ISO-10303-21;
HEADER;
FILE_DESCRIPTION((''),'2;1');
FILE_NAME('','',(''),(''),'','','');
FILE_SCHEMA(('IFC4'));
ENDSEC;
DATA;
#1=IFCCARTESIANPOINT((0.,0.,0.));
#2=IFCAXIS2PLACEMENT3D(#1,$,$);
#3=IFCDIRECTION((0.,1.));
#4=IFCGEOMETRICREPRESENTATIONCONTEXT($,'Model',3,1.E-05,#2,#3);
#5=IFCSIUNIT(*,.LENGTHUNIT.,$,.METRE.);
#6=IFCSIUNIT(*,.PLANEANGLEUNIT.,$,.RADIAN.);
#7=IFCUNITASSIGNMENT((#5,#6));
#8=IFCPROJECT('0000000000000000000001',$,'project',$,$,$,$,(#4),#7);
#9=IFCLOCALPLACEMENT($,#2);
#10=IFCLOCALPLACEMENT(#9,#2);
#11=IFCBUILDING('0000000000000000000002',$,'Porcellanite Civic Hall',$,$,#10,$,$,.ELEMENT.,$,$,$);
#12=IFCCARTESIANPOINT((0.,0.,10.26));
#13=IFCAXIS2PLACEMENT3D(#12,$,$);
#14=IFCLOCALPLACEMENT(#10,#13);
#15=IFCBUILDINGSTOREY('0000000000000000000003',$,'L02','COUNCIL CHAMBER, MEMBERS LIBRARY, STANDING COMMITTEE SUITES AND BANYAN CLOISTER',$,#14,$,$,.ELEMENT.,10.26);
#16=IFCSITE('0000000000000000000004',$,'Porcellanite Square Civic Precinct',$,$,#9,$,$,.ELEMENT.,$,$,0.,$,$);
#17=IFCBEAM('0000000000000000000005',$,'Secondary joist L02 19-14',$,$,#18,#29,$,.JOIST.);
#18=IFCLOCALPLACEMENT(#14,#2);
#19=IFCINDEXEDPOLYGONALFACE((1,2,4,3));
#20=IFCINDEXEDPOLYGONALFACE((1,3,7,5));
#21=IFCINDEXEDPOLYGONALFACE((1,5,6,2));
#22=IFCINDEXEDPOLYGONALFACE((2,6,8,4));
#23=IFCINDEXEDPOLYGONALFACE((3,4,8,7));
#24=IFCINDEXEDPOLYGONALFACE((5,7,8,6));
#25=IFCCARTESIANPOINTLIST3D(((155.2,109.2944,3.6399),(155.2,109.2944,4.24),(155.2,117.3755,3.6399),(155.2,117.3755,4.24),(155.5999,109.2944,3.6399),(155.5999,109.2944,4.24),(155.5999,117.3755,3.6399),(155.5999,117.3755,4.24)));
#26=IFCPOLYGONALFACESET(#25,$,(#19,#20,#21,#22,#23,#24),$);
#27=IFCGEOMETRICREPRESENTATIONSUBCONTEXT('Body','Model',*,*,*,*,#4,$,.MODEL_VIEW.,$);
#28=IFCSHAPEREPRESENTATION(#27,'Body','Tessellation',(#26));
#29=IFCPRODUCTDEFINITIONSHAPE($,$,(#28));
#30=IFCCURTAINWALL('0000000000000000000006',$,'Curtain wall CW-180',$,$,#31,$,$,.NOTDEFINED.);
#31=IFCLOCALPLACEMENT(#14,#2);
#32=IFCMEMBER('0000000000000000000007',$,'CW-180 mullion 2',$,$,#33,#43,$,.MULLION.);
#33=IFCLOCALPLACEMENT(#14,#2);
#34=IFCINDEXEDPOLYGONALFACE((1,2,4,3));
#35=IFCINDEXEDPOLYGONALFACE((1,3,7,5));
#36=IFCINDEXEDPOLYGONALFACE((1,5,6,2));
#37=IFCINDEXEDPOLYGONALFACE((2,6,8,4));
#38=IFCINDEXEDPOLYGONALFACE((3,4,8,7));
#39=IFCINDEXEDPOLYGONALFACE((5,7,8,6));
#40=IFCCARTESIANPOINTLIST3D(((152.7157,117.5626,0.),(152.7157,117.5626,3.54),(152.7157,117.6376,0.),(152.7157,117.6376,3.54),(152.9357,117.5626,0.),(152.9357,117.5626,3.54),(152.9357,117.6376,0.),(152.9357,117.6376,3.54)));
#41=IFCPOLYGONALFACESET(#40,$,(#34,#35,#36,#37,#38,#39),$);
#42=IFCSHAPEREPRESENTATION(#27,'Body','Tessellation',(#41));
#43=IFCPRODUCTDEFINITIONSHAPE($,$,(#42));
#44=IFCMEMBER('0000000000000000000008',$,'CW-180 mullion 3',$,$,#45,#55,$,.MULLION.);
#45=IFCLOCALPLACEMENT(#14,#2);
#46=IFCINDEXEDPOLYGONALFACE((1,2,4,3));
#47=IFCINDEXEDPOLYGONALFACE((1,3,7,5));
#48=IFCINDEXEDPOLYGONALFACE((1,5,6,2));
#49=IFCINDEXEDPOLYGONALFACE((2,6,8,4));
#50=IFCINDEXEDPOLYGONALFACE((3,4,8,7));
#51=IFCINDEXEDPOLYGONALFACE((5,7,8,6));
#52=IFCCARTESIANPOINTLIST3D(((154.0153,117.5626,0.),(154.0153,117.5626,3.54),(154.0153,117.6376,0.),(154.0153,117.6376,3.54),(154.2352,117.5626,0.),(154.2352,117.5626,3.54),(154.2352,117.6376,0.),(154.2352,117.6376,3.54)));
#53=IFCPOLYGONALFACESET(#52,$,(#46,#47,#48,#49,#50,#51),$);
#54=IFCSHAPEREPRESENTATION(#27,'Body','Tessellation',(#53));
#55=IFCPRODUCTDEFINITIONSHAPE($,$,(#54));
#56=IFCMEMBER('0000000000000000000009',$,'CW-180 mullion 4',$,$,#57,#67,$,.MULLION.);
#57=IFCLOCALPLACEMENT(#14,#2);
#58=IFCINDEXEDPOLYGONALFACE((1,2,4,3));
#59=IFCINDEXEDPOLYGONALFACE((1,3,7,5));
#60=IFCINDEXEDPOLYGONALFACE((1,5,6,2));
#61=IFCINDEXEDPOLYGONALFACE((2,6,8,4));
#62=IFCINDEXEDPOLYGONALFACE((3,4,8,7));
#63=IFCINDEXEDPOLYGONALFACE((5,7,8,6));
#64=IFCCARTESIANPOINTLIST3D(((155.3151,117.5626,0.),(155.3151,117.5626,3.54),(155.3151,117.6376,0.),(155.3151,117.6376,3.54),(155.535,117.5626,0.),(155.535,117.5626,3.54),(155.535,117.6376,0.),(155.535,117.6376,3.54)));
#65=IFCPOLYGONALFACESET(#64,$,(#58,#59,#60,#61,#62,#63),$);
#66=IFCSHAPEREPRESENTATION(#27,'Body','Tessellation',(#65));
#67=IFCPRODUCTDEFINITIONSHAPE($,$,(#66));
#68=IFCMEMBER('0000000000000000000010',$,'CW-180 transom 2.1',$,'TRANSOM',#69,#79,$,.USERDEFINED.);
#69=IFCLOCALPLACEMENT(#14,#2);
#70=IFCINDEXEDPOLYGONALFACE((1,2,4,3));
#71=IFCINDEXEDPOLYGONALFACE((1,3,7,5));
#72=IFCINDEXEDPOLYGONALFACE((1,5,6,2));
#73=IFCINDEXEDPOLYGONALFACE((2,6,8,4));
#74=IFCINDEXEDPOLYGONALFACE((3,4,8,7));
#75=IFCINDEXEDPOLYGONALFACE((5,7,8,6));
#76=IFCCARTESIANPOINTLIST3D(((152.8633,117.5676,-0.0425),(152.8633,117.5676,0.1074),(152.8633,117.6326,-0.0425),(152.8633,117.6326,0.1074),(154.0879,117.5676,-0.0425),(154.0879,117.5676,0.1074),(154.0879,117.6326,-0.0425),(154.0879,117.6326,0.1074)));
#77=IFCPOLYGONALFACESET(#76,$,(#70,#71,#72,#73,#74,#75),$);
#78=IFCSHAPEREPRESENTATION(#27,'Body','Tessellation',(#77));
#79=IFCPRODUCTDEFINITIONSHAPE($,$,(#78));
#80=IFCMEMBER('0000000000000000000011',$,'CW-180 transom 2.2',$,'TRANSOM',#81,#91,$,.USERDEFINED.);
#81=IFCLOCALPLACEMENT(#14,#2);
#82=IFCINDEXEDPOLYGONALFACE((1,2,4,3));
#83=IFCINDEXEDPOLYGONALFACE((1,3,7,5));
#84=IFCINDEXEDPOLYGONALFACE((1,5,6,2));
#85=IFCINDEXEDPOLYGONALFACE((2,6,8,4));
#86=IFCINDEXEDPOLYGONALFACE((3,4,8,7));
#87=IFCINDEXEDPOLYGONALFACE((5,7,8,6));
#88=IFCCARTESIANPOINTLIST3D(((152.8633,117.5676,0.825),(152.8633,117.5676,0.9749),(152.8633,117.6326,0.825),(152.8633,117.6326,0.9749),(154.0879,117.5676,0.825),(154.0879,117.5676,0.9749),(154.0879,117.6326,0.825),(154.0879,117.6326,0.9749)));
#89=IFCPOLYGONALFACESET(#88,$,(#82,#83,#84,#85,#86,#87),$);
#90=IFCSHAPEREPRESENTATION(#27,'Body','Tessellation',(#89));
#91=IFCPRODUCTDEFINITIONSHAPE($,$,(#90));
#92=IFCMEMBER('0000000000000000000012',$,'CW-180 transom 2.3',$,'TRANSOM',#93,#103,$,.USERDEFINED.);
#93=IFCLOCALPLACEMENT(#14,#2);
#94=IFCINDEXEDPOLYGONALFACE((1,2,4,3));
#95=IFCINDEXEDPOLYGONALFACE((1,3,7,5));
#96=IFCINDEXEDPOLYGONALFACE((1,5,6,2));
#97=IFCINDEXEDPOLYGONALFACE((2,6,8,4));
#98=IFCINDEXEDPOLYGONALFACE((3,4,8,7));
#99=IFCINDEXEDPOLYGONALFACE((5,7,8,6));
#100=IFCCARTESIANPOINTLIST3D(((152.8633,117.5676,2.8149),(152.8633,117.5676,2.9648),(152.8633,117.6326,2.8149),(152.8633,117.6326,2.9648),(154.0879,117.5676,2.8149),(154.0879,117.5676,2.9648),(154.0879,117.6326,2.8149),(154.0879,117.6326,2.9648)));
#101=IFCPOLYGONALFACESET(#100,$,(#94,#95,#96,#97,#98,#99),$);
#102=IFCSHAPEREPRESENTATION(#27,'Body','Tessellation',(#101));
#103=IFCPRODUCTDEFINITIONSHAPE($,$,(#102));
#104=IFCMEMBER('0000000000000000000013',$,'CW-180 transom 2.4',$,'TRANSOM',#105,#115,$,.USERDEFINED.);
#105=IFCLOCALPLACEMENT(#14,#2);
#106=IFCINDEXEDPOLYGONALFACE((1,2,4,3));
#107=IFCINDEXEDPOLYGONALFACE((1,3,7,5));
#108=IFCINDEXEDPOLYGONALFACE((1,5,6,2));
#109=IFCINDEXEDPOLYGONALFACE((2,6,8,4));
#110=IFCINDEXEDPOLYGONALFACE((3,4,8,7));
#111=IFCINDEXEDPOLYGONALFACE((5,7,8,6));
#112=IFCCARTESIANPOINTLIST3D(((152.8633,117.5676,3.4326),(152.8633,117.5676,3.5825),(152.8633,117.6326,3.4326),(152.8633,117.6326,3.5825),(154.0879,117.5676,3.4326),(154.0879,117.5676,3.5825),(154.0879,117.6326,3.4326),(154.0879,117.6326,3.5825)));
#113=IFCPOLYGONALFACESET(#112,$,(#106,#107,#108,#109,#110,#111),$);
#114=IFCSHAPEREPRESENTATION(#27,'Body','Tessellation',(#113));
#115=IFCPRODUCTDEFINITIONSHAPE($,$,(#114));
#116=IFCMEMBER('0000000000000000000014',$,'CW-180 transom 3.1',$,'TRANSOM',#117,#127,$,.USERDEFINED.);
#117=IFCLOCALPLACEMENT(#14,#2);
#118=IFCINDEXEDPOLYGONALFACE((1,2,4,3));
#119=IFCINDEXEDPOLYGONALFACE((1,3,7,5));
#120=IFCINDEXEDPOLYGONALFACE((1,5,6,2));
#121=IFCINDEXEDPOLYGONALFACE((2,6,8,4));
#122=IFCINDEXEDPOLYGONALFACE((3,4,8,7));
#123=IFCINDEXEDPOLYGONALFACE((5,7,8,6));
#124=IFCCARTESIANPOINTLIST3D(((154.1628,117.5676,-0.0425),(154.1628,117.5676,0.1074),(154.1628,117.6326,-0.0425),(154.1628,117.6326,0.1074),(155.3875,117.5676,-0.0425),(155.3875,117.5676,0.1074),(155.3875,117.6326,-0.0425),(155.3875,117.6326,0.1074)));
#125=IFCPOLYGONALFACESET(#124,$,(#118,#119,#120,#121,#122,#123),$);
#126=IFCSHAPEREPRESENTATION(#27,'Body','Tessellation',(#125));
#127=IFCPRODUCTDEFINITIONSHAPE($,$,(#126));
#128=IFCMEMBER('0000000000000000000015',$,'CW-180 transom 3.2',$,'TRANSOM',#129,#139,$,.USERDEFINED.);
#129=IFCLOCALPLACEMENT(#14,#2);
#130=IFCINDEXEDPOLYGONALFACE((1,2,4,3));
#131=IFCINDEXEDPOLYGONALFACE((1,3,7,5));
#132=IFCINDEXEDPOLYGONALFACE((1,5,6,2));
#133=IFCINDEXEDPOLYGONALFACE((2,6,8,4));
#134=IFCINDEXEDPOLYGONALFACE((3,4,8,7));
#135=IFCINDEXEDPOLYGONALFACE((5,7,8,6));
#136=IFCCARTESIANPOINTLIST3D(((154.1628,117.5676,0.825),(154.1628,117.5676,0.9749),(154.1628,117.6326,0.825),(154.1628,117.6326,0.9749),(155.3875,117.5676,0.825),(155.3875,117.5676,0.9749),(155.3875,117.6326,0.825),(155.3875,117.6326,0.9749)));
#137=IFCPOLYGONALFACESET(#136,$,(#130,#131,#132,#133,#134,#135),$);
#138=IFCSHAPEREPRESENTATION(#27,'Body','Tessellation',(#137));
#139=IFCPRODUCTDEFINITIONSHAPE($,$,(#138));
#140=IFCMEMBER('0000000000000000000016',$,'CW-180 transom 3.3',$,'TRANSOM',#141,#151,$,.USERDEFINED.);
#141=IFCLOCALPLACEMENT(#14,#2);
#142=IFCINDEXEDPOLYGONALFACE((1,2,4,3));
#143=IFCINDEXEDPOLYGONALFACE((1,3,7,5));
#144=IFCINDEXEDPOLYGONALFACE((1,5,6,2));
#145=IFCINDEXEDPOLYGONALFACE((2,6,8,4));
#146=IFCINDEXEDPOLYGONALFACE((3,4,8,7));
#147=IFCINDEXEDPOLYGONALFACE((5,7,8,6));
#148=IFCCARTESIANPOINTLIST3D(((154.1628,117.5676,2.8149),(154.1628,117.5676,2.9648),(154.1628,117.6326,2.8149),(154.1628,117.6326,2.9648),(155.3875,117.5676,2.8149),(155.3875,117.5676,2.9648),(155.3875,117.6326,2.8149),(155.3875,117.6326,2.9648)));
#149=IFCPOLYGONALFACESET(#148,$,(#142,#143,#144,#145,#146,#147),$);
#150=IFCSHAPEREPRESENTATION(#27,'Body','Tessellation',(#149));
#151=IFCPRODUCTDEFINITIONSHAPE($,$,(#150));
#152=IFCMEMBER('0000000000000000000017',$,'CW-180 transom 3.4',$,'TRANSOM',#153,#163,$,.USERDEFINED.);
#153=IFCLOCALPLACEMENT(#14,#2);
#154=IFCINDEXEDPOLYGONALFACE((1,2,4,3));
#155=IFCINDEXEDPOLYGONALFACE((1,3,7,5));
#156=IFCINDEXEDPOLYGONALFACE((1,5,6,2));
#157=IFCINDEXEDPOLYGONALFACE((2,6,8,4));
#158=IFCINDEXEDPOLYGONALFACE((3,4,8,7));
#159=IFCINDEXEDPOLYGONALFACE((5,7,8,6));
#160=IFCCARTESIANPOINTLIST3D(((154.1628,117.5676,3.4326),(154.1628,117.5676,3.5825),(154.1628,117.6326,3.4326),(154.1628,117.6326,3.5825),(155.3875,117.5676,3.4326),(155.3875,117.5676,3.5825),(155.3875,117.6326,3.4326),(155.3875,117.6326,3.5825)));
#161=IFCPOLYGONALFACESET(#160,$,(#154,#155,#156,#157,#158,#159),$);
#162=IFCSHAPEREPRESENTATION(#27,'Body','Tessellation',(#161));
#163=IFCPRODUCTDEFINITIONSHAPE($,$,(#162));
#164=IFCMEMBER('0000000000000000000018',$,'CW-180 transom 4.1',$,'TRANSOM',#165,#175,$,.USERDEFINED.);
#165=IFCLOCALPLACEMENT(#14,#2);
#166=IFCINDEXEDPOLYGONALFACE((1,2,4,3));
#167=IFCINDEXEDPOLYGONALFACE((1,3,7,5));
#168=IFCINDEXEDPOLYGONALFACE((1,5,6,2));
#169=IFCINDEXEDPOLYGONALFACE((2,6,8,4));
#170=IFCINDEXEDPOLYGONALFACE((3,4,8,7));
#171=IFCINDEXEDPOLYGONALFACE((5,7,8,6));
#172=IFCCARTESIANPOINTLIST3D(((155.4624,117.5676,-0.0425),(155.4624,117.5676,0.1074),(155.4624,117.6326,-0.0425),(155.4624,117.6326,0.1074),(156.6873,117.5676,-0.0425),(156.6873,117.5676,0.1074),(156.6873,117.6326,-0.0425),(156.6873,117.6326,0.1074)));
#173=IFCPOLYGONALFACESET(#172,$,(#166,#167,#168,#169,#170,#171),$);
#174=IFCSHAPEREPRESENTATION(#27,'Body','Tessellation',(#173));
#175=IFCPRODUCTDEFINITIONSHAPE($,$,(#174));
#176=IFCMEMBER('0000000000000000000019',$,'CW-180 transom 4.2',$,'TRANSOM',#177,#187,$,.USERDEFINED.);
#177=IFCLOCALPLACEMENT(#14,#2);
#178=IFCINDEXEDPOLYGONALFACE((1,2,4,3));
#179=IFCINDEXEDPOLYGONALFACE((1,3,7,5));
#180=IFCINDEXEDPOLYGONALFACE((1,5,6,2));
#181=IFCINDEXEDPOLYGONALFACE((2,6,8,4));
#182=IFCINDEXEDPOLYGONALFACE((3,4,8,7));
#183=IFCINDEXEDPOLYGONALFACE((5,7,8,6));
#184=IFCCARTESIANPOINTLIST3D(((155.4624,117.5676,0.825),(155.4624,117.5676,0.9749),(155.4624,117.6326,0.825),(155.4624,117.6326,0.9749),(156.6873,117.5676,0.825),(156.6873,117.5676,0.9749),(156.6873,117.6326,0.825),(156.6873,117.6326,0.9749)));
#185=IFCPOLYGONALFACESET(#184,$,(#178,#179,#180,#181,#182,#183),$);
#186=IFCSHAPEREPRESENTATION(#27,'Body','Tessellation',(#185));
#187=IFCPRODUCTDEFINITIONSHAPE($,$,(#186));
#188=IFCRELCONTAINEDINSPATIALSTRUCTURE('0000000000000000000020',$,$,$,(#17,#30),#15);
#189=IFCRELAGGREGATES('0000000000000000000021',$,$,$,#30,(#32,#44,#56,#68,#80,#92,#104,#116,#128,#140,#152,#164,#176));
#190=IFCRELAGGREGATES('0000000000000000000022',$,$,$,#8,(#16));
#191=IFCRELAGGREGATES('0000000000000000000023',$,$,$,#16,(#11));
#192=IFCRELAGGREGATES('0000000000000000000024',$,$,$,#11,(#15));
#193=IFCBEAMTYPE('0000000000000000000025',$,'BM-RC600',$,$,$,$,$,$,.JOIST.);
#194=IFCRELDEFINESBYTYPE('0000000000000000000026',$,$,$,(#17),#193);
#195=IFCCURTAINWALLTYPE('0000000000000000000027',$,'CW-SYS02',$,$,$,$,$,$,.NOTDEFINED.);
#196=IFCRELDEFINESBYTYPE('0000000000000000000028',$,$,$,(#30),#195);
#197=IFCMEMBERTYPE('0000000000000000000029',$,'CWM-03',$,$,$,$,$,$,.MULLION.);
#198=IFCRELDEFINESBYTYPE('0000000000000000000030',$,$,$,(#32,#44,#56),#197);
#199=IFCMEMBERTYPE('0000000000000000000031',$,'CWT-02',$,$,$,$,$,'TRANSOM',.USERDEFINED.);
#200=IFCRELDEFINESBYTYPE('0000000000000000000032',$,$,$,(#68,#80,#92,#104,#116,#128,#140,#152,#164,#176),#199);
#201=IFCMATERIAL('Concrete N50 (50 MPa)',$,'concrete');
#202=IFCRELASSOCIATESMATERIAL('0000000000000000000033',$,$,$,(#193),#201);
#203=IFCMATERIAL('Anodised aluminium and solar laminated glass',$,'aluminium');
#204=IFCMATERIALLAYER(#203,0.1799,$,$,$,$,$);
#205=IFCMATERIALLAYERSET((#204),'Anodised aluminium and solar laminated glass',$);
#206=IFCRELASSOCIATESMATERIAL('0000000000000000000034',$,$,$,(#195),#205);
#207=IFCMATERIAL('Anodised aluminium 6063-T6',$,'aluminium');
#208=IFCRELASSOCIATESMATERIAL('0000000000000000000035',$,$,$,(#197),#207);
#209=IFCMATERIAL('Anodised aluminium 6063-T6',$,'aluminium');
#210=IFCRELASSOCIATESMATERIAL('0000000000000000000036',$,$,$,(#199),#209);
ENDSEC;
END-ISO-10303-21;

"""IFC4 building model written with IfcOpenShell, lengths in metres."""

from ifc_helpers import new_model, si_unit, direction, frame, origin, origin_2d, place, context, subcontext, project, spatial, rectangle, extrude, material, layer, layer_set, material_profile, profile_set, type_object, element, aggregate, save


model = new_model("IFC4")

# Units and contexts
model_context = context("Model", 3, precision=1e-05, world=origin(), true_north=direction((0.0, 1.0)))
body_context = subcontext(model_context, "Body", "Model", "MODEL_VIEW")
ifc_project = project(units=[si_unit("LENGTHUNIT", "METRE"), si_unit("PLANEANGLEUNIT", "RADIAN")], contexts=[model_context])

# Site, building, storey
site_placement = place(None, origin())
site = spatial("IfcSite", under=ifc_project, at=site_placement, Name="Porcellanite Square Civic Precinct", CompositionType="ELEMENT", RefElevation=0.0)
building_placement = place(site_placement, origin())
building = spatial("IfcBuilding", under=site, at=building_placement, Name="Porcellanite Civic Hall", CompositionType="ELEMENT")
storey_placement = place(building_placement, frame((0.0, 0.0, 10.26)))
storey = spatial("IfcBuildingStorey", under=building, at=storey_placement, Name="L02", Description="COUNCIL CHAMBER, MEMBERS LIBRARY, STANDING COMMITTEE SUITES AND BANYAN CLOISTER", CompositionType="ELEMENT", Elevation=10.26)

# Beam
ifc_material_1 = material(Name="Concrete N50 (50 MPa)", Category="concrete")
ifc_material_profile_1 = material_profile(ifc_material_1, rectangle(XDim=0.3999, YDim=0.6001, at=origin_2d()), Name="RC-400x600")
ifc_profile_set_1 = profile_set([ifc_material_profile_1], Name="Concrete N50 (50 MPa)")
beam_type = type_object("IfcBeamType", Name="BM-RC600", PredefinedType="JOIST", material=ifc_profile_set_1)
beam_placement = place(storey_placement, frame((155.3999, 109.2944, 3.9399), z_axis=(0.0, 1.0, 0.0), x_axis=(-1.0, 0.0, 0.0)))
element("IfcBeam", 1, at=beam_placement, inside=storey, type_object=beam_type, Name="Secondary joist L02 19-14", PredefinedType="JOIST", context=body_context, shape_type="SweptSolid", body=[
    extrude(rectangle(XDim=0.3999, YDim=0.6001, at=origin_2d()), origin(), (0.0, 0.0, 1.0), 8.0811),
])

# Curtain wall, members
ifc_material_2 = material(Name="Anodised aluminium and solar laminated glass", Category="aluminium")
ifc_layer_1 = layer(ifc_material_2, 0.1799)
ifc_layer_set_1 = layer_set([ifc_layer_1], Name="Anodised aluminium and solar laminated glass")
curtain_wall_type = type_object("IfcCurtainWallType", Name="CW-SYS02", PredefinedType="NOTDEFINED", material=ifc_layer_set_1)
curtain_wall_placement = place(storey_placement, origin())
curtain_wall = element("IfcCurtainWall", 2, at=curtain_wall_placement, inside=storey, type_object=curtain_wall_type, Name="Curtain wall CW-180", PredefinedType="NOTDEFINED")
ifc_material_3 = material(Name="Anodised aluminium 6063-T6", Category="aluminium")
ifc_material_profile_2 = material_profile(ifc_material_3, rectangle(XDim=0.075, YDim=0.22, at=origin_2d()), Name="AL-75x220")
ifc_profile_set_2 = profile_set([ifc_material_profile_2], Name="Anodised aluminium 6063-T6")
member_type_1 = type_object("IfcMemberType", Name="CWM-03", PredefinedType="MULLION", material=ifc_profile_set_2)
member_1_placement = place(storey_placement, frame((152.8257, 117.6001, 0.0), z_axis=(0.0, 0.0, 1.0), x_axis=(0.0, 1.0, 0.0)))
member_1 = element("IfcMember", 3, at=member_1_placement, type_object=member_type_1, Name="CW-180 mullion 2", PredefinedType="MULLION", context=body_context, shape_type="SweptSolid", body=[
    extrude(rectangle(XDim=0.075, YDim=0.22, at=origin_2d()), origin(), (0.0, 0.0, 1.0), 3.54),
])
member_2_placement = place(storey_placement, frame((154.1252, 117.6001, 0.0), z_axis=(0.0, 0.0, 1.0), x_axis=(0.0, 1.0, 0.0)))
member_2 = element("IfcMember", 4, at=member_2_placement, type_object=member_type_1, Name="CW-180 mullion 3", PredefinedType="MULLION", context=body_context, shape_type="SweptSolid", body=[
    extrude(rectangle(XDim=0.075, YDim=0.22, at=origin_2d()), origin(), (0.0, 0.0, 1.0), 3.54),
])
member_3_placement = place(storey_placement, frame((155.425, 117.6001, 0.0), z_axis=(0.0, 0.0, 1.0), x_axis=(0.0, 1.0, 0.0)))
member_3 = element("IfcMember", 5, at=member_3_placement, type_object=member_type_1, Name="CW-180 mullion 4", PredefinedType="MULLION", context=body_context, shape_type="SweptSolid", body=[
    extrude(rectangle(XDim=0.075, YDim=0.22, at=origin_2d()), origin(), (0.0, 0.0, 1.0), 3.54),
])
ifc_material_4 = material(Name="Anodised aluminium 6063-T6", Category="aluminium")
ifc_material_profile_3 = material_profile(ifc_material_4, rectangle(XDim=0.0649, YDim=0.1499, at=origin_2d()), Name="AL-65x150")
ifc_profile_set_3 = profile_set([ifc_material_profile_3], Name="Anodised aluminium 6063-T6")
member_type_2 = type_object("IfcMemberType", Name="CWT-02", ElementType="TRANSOM", PredefinedType="USERDEFINED", material=ifc_profile_set_3)
member_4_placement = place(storey_placement, frame((152.8633, 117.6001, 0.0325), z_axis=(1.0, 0.0, 0.0), x_axis=(0.0, 1.0, 0.0)))
member_4 = element("IfcMember", 6, at=member_4_placement, type_object=member_type_2, Name="CW-180 transom 2.1", ObjectType="TRANSOM", PredefinedType="USERDEFINED", context=body_context, shape_type="SweptSolid", body=[
    extrude(rectangle(XDim=0.0649, YDim=0.1499, at=origin_2d()), origin(), (0.0, 0.0, 1.0), 1.2246),
])
member_5_placement = place(storey_placement, frame((152.8633, 117.6001, 0.8999), z_axis=(1.0, 0.0, 0.0), x_axis=(0.0, 1.0, 0.0)))
member_5 = element("IfcMember", 7, at=member_5_placement, type_object=member_type_2, Name="CW-180 transom 2.2", ObjectType="TRANSOM", PredefinedType="USERDEFINED", context=body_context, shape_type="SweptSolid", body=[
    extrude(rectangle(XDim=0.0649, YDim=0.1499, at=origin_2d()), origin(), (0.0, 0.0, 1.0), 1.2246),
])
member_6_placement = place(storey_placement, frame((152.8633, 117.6001, 2.8899), z_axis=(1.0, 0.0, 0.0), x_axis=(0.0, 1.0, 0.0)))
member_6 = element("IfcMember", 8, at=member_6_placement, type_object=member_type_2, Name="CW-180 transom 2.3", ObjectType="TRANSOM", PredefinedType="USERDEFINED", context=body_context, shape_type="SweptSolid", body=[
    extrude(rectangle(XDim=0.0649, YDim=0.1499, at=origin_2d()), origin(), (0.0, 0.0, 1.0), 1.2246),
])
member_7_placement = place(storey_placement, frame((152.8633, 117.6001, 3.5076), z_axis=(1.0, 0.0, 0.0), x_axis=(0.0, 1.0, 0.0)))
member_7 = element("IfcMember", 9, at=member_7_placement, type_object=member_type_2, Name="CW-180 transom 2.4", ObjectType="TRANSOM", PredefinedType="USERDEFINED", context=body_context, shape_type="SweptSolid", body=[
    extrude(rectangle(XDim=0.0649, YDim=0.1499, at=origin_2d()), origin(), (0.0, 0.0, 1.0), 1.2246),
])
member_8_placement = place(storey_placement, frame((154.1628, 117.6001, 0.0325), z_axis=(1.0, 0.0, 0.0), x_axis=(0.0, 1.0, 0.0)))
member_8 = element("IfcMember", 10, at=member_8_placement, type_object=member_type_2, Name="CW-180 transom 3.1", ObjectType="TRANSOM", PredefinedType="USERDEFINED", context=body_context, shape_type="SweptSolid", body=[
    extrude(rectangle(XDim=0.0649, YDim=0.1499, at=origin_2d()), origin(), (0.0, 0.0, 1.0), 1.2246),
])
member_9_placement = place(storey_placement, frame((154.1628, 117.6001, 0.8999), z_axis=(1.0, 0.0, 0.0), x_axis=(0.0, 1.0, 0.0)))
member_9 = element("IfcMember", 11, at=member_9_placement, type_object=member_type_2, Name="CW-180 transom 3.2", ObjectType="TRANSOM", PredefinedType="USERDEFINED", context=body_context, shape_type="SweptSolid", body=[
    extrude(rectangle(XDim=0.0649, YDim=0.1499, at=origin_2d()), origin(), (0.0, 0.0, 1.0), 1.2246),
])
member_10_placement = place(storey_placement, frame((154.1628, 117.6001, 2.8899), z_axis=(1.0, 0.0, 0.0), x_axis=(0.0, 1.0, 0.0)))
member_10 = element("IfcMember", 12, at=member_10_placement, type_object=member_type_2, Name="CW-180 transom 3.3", ObjectType="TRANSOM", PredefinedType="USERDEFINED", context=body_context, shape_type="SweptSolid", body=[
    extrude(rectangle(XDim=0.0649, YDim=0.1499, at=origin_2d()), origin(), (0.0, 0.0, 1.0), 1.2246),
])
member_11_placement = place(storey_placement, frame((154.1628, 117.6001, 3.5076), z_axis=(1.0, 0.0, 0.0), x_axis=(0.0, 1.0, 0.0)))
member_11 = element("IfcMember", 13, at=member_11_placement, type_object=member_type_2, Name="CW-180 transom 3.4", ObjectType="TRANSOM", PredefinedType="USERDEFINED", context=body_context, shape_type="SweptSolid", body=[
    extrude(rectangle(XDim=0.0649, YDim=0.1499, at=origin_2d()), origin(), (0.0, 0.0, 1.0), 1.2246),
])
member_12_placement = place(storey_placement, frame((155.4624, 117.6001, 0.0325), z_axis=(1.0, 0.0, 0.0), x_axis=(0.0, 1.0, 0.0)))
member_12 = element("IfcMember", 14, at=member_12_placement, type_object=member_type_2, Name="CW-180 transom 4.1", ObjectType="TRANSOM", PredefinedType="USERDEFINED", context=body_context, shape_type="SweptSolid", body=[
    extrude(rectangle(XDim=0.0649, YDim=0.1499, at=origin_2d()), origin(), (0.0, 0.0, 1.0), 1.2249),
])
member_13_placement = place(storey_placement, frame((155.4624, 117.6001, 0.8999), z_axis=(1.0, 0.0, 0.0), x_axis=(0.0, 1.0, 0.0)))
member_13 = element("IfcMember", 15, at=member_13_placement, type_object=member_type_2, Name="CW-180 transom 4.2", ObjectType="TRANSOM", PredefinedType="USERDEFINED", context=body_context, shape_type="SweptSolid", body=[
    extrude(rectangle(XDim=0.0649, YDim=0.1499, at=origin_2d()), origin(), (0.0, 0.0, 1.0), 1.2249),
])
aggregate(curtain_wall, [member_1, member_2, member_3, member_4, member_5, member_6, member_7, member_8, member_9, member_10, member_11, member_12, member_13])

save(model, "model.ifc")
